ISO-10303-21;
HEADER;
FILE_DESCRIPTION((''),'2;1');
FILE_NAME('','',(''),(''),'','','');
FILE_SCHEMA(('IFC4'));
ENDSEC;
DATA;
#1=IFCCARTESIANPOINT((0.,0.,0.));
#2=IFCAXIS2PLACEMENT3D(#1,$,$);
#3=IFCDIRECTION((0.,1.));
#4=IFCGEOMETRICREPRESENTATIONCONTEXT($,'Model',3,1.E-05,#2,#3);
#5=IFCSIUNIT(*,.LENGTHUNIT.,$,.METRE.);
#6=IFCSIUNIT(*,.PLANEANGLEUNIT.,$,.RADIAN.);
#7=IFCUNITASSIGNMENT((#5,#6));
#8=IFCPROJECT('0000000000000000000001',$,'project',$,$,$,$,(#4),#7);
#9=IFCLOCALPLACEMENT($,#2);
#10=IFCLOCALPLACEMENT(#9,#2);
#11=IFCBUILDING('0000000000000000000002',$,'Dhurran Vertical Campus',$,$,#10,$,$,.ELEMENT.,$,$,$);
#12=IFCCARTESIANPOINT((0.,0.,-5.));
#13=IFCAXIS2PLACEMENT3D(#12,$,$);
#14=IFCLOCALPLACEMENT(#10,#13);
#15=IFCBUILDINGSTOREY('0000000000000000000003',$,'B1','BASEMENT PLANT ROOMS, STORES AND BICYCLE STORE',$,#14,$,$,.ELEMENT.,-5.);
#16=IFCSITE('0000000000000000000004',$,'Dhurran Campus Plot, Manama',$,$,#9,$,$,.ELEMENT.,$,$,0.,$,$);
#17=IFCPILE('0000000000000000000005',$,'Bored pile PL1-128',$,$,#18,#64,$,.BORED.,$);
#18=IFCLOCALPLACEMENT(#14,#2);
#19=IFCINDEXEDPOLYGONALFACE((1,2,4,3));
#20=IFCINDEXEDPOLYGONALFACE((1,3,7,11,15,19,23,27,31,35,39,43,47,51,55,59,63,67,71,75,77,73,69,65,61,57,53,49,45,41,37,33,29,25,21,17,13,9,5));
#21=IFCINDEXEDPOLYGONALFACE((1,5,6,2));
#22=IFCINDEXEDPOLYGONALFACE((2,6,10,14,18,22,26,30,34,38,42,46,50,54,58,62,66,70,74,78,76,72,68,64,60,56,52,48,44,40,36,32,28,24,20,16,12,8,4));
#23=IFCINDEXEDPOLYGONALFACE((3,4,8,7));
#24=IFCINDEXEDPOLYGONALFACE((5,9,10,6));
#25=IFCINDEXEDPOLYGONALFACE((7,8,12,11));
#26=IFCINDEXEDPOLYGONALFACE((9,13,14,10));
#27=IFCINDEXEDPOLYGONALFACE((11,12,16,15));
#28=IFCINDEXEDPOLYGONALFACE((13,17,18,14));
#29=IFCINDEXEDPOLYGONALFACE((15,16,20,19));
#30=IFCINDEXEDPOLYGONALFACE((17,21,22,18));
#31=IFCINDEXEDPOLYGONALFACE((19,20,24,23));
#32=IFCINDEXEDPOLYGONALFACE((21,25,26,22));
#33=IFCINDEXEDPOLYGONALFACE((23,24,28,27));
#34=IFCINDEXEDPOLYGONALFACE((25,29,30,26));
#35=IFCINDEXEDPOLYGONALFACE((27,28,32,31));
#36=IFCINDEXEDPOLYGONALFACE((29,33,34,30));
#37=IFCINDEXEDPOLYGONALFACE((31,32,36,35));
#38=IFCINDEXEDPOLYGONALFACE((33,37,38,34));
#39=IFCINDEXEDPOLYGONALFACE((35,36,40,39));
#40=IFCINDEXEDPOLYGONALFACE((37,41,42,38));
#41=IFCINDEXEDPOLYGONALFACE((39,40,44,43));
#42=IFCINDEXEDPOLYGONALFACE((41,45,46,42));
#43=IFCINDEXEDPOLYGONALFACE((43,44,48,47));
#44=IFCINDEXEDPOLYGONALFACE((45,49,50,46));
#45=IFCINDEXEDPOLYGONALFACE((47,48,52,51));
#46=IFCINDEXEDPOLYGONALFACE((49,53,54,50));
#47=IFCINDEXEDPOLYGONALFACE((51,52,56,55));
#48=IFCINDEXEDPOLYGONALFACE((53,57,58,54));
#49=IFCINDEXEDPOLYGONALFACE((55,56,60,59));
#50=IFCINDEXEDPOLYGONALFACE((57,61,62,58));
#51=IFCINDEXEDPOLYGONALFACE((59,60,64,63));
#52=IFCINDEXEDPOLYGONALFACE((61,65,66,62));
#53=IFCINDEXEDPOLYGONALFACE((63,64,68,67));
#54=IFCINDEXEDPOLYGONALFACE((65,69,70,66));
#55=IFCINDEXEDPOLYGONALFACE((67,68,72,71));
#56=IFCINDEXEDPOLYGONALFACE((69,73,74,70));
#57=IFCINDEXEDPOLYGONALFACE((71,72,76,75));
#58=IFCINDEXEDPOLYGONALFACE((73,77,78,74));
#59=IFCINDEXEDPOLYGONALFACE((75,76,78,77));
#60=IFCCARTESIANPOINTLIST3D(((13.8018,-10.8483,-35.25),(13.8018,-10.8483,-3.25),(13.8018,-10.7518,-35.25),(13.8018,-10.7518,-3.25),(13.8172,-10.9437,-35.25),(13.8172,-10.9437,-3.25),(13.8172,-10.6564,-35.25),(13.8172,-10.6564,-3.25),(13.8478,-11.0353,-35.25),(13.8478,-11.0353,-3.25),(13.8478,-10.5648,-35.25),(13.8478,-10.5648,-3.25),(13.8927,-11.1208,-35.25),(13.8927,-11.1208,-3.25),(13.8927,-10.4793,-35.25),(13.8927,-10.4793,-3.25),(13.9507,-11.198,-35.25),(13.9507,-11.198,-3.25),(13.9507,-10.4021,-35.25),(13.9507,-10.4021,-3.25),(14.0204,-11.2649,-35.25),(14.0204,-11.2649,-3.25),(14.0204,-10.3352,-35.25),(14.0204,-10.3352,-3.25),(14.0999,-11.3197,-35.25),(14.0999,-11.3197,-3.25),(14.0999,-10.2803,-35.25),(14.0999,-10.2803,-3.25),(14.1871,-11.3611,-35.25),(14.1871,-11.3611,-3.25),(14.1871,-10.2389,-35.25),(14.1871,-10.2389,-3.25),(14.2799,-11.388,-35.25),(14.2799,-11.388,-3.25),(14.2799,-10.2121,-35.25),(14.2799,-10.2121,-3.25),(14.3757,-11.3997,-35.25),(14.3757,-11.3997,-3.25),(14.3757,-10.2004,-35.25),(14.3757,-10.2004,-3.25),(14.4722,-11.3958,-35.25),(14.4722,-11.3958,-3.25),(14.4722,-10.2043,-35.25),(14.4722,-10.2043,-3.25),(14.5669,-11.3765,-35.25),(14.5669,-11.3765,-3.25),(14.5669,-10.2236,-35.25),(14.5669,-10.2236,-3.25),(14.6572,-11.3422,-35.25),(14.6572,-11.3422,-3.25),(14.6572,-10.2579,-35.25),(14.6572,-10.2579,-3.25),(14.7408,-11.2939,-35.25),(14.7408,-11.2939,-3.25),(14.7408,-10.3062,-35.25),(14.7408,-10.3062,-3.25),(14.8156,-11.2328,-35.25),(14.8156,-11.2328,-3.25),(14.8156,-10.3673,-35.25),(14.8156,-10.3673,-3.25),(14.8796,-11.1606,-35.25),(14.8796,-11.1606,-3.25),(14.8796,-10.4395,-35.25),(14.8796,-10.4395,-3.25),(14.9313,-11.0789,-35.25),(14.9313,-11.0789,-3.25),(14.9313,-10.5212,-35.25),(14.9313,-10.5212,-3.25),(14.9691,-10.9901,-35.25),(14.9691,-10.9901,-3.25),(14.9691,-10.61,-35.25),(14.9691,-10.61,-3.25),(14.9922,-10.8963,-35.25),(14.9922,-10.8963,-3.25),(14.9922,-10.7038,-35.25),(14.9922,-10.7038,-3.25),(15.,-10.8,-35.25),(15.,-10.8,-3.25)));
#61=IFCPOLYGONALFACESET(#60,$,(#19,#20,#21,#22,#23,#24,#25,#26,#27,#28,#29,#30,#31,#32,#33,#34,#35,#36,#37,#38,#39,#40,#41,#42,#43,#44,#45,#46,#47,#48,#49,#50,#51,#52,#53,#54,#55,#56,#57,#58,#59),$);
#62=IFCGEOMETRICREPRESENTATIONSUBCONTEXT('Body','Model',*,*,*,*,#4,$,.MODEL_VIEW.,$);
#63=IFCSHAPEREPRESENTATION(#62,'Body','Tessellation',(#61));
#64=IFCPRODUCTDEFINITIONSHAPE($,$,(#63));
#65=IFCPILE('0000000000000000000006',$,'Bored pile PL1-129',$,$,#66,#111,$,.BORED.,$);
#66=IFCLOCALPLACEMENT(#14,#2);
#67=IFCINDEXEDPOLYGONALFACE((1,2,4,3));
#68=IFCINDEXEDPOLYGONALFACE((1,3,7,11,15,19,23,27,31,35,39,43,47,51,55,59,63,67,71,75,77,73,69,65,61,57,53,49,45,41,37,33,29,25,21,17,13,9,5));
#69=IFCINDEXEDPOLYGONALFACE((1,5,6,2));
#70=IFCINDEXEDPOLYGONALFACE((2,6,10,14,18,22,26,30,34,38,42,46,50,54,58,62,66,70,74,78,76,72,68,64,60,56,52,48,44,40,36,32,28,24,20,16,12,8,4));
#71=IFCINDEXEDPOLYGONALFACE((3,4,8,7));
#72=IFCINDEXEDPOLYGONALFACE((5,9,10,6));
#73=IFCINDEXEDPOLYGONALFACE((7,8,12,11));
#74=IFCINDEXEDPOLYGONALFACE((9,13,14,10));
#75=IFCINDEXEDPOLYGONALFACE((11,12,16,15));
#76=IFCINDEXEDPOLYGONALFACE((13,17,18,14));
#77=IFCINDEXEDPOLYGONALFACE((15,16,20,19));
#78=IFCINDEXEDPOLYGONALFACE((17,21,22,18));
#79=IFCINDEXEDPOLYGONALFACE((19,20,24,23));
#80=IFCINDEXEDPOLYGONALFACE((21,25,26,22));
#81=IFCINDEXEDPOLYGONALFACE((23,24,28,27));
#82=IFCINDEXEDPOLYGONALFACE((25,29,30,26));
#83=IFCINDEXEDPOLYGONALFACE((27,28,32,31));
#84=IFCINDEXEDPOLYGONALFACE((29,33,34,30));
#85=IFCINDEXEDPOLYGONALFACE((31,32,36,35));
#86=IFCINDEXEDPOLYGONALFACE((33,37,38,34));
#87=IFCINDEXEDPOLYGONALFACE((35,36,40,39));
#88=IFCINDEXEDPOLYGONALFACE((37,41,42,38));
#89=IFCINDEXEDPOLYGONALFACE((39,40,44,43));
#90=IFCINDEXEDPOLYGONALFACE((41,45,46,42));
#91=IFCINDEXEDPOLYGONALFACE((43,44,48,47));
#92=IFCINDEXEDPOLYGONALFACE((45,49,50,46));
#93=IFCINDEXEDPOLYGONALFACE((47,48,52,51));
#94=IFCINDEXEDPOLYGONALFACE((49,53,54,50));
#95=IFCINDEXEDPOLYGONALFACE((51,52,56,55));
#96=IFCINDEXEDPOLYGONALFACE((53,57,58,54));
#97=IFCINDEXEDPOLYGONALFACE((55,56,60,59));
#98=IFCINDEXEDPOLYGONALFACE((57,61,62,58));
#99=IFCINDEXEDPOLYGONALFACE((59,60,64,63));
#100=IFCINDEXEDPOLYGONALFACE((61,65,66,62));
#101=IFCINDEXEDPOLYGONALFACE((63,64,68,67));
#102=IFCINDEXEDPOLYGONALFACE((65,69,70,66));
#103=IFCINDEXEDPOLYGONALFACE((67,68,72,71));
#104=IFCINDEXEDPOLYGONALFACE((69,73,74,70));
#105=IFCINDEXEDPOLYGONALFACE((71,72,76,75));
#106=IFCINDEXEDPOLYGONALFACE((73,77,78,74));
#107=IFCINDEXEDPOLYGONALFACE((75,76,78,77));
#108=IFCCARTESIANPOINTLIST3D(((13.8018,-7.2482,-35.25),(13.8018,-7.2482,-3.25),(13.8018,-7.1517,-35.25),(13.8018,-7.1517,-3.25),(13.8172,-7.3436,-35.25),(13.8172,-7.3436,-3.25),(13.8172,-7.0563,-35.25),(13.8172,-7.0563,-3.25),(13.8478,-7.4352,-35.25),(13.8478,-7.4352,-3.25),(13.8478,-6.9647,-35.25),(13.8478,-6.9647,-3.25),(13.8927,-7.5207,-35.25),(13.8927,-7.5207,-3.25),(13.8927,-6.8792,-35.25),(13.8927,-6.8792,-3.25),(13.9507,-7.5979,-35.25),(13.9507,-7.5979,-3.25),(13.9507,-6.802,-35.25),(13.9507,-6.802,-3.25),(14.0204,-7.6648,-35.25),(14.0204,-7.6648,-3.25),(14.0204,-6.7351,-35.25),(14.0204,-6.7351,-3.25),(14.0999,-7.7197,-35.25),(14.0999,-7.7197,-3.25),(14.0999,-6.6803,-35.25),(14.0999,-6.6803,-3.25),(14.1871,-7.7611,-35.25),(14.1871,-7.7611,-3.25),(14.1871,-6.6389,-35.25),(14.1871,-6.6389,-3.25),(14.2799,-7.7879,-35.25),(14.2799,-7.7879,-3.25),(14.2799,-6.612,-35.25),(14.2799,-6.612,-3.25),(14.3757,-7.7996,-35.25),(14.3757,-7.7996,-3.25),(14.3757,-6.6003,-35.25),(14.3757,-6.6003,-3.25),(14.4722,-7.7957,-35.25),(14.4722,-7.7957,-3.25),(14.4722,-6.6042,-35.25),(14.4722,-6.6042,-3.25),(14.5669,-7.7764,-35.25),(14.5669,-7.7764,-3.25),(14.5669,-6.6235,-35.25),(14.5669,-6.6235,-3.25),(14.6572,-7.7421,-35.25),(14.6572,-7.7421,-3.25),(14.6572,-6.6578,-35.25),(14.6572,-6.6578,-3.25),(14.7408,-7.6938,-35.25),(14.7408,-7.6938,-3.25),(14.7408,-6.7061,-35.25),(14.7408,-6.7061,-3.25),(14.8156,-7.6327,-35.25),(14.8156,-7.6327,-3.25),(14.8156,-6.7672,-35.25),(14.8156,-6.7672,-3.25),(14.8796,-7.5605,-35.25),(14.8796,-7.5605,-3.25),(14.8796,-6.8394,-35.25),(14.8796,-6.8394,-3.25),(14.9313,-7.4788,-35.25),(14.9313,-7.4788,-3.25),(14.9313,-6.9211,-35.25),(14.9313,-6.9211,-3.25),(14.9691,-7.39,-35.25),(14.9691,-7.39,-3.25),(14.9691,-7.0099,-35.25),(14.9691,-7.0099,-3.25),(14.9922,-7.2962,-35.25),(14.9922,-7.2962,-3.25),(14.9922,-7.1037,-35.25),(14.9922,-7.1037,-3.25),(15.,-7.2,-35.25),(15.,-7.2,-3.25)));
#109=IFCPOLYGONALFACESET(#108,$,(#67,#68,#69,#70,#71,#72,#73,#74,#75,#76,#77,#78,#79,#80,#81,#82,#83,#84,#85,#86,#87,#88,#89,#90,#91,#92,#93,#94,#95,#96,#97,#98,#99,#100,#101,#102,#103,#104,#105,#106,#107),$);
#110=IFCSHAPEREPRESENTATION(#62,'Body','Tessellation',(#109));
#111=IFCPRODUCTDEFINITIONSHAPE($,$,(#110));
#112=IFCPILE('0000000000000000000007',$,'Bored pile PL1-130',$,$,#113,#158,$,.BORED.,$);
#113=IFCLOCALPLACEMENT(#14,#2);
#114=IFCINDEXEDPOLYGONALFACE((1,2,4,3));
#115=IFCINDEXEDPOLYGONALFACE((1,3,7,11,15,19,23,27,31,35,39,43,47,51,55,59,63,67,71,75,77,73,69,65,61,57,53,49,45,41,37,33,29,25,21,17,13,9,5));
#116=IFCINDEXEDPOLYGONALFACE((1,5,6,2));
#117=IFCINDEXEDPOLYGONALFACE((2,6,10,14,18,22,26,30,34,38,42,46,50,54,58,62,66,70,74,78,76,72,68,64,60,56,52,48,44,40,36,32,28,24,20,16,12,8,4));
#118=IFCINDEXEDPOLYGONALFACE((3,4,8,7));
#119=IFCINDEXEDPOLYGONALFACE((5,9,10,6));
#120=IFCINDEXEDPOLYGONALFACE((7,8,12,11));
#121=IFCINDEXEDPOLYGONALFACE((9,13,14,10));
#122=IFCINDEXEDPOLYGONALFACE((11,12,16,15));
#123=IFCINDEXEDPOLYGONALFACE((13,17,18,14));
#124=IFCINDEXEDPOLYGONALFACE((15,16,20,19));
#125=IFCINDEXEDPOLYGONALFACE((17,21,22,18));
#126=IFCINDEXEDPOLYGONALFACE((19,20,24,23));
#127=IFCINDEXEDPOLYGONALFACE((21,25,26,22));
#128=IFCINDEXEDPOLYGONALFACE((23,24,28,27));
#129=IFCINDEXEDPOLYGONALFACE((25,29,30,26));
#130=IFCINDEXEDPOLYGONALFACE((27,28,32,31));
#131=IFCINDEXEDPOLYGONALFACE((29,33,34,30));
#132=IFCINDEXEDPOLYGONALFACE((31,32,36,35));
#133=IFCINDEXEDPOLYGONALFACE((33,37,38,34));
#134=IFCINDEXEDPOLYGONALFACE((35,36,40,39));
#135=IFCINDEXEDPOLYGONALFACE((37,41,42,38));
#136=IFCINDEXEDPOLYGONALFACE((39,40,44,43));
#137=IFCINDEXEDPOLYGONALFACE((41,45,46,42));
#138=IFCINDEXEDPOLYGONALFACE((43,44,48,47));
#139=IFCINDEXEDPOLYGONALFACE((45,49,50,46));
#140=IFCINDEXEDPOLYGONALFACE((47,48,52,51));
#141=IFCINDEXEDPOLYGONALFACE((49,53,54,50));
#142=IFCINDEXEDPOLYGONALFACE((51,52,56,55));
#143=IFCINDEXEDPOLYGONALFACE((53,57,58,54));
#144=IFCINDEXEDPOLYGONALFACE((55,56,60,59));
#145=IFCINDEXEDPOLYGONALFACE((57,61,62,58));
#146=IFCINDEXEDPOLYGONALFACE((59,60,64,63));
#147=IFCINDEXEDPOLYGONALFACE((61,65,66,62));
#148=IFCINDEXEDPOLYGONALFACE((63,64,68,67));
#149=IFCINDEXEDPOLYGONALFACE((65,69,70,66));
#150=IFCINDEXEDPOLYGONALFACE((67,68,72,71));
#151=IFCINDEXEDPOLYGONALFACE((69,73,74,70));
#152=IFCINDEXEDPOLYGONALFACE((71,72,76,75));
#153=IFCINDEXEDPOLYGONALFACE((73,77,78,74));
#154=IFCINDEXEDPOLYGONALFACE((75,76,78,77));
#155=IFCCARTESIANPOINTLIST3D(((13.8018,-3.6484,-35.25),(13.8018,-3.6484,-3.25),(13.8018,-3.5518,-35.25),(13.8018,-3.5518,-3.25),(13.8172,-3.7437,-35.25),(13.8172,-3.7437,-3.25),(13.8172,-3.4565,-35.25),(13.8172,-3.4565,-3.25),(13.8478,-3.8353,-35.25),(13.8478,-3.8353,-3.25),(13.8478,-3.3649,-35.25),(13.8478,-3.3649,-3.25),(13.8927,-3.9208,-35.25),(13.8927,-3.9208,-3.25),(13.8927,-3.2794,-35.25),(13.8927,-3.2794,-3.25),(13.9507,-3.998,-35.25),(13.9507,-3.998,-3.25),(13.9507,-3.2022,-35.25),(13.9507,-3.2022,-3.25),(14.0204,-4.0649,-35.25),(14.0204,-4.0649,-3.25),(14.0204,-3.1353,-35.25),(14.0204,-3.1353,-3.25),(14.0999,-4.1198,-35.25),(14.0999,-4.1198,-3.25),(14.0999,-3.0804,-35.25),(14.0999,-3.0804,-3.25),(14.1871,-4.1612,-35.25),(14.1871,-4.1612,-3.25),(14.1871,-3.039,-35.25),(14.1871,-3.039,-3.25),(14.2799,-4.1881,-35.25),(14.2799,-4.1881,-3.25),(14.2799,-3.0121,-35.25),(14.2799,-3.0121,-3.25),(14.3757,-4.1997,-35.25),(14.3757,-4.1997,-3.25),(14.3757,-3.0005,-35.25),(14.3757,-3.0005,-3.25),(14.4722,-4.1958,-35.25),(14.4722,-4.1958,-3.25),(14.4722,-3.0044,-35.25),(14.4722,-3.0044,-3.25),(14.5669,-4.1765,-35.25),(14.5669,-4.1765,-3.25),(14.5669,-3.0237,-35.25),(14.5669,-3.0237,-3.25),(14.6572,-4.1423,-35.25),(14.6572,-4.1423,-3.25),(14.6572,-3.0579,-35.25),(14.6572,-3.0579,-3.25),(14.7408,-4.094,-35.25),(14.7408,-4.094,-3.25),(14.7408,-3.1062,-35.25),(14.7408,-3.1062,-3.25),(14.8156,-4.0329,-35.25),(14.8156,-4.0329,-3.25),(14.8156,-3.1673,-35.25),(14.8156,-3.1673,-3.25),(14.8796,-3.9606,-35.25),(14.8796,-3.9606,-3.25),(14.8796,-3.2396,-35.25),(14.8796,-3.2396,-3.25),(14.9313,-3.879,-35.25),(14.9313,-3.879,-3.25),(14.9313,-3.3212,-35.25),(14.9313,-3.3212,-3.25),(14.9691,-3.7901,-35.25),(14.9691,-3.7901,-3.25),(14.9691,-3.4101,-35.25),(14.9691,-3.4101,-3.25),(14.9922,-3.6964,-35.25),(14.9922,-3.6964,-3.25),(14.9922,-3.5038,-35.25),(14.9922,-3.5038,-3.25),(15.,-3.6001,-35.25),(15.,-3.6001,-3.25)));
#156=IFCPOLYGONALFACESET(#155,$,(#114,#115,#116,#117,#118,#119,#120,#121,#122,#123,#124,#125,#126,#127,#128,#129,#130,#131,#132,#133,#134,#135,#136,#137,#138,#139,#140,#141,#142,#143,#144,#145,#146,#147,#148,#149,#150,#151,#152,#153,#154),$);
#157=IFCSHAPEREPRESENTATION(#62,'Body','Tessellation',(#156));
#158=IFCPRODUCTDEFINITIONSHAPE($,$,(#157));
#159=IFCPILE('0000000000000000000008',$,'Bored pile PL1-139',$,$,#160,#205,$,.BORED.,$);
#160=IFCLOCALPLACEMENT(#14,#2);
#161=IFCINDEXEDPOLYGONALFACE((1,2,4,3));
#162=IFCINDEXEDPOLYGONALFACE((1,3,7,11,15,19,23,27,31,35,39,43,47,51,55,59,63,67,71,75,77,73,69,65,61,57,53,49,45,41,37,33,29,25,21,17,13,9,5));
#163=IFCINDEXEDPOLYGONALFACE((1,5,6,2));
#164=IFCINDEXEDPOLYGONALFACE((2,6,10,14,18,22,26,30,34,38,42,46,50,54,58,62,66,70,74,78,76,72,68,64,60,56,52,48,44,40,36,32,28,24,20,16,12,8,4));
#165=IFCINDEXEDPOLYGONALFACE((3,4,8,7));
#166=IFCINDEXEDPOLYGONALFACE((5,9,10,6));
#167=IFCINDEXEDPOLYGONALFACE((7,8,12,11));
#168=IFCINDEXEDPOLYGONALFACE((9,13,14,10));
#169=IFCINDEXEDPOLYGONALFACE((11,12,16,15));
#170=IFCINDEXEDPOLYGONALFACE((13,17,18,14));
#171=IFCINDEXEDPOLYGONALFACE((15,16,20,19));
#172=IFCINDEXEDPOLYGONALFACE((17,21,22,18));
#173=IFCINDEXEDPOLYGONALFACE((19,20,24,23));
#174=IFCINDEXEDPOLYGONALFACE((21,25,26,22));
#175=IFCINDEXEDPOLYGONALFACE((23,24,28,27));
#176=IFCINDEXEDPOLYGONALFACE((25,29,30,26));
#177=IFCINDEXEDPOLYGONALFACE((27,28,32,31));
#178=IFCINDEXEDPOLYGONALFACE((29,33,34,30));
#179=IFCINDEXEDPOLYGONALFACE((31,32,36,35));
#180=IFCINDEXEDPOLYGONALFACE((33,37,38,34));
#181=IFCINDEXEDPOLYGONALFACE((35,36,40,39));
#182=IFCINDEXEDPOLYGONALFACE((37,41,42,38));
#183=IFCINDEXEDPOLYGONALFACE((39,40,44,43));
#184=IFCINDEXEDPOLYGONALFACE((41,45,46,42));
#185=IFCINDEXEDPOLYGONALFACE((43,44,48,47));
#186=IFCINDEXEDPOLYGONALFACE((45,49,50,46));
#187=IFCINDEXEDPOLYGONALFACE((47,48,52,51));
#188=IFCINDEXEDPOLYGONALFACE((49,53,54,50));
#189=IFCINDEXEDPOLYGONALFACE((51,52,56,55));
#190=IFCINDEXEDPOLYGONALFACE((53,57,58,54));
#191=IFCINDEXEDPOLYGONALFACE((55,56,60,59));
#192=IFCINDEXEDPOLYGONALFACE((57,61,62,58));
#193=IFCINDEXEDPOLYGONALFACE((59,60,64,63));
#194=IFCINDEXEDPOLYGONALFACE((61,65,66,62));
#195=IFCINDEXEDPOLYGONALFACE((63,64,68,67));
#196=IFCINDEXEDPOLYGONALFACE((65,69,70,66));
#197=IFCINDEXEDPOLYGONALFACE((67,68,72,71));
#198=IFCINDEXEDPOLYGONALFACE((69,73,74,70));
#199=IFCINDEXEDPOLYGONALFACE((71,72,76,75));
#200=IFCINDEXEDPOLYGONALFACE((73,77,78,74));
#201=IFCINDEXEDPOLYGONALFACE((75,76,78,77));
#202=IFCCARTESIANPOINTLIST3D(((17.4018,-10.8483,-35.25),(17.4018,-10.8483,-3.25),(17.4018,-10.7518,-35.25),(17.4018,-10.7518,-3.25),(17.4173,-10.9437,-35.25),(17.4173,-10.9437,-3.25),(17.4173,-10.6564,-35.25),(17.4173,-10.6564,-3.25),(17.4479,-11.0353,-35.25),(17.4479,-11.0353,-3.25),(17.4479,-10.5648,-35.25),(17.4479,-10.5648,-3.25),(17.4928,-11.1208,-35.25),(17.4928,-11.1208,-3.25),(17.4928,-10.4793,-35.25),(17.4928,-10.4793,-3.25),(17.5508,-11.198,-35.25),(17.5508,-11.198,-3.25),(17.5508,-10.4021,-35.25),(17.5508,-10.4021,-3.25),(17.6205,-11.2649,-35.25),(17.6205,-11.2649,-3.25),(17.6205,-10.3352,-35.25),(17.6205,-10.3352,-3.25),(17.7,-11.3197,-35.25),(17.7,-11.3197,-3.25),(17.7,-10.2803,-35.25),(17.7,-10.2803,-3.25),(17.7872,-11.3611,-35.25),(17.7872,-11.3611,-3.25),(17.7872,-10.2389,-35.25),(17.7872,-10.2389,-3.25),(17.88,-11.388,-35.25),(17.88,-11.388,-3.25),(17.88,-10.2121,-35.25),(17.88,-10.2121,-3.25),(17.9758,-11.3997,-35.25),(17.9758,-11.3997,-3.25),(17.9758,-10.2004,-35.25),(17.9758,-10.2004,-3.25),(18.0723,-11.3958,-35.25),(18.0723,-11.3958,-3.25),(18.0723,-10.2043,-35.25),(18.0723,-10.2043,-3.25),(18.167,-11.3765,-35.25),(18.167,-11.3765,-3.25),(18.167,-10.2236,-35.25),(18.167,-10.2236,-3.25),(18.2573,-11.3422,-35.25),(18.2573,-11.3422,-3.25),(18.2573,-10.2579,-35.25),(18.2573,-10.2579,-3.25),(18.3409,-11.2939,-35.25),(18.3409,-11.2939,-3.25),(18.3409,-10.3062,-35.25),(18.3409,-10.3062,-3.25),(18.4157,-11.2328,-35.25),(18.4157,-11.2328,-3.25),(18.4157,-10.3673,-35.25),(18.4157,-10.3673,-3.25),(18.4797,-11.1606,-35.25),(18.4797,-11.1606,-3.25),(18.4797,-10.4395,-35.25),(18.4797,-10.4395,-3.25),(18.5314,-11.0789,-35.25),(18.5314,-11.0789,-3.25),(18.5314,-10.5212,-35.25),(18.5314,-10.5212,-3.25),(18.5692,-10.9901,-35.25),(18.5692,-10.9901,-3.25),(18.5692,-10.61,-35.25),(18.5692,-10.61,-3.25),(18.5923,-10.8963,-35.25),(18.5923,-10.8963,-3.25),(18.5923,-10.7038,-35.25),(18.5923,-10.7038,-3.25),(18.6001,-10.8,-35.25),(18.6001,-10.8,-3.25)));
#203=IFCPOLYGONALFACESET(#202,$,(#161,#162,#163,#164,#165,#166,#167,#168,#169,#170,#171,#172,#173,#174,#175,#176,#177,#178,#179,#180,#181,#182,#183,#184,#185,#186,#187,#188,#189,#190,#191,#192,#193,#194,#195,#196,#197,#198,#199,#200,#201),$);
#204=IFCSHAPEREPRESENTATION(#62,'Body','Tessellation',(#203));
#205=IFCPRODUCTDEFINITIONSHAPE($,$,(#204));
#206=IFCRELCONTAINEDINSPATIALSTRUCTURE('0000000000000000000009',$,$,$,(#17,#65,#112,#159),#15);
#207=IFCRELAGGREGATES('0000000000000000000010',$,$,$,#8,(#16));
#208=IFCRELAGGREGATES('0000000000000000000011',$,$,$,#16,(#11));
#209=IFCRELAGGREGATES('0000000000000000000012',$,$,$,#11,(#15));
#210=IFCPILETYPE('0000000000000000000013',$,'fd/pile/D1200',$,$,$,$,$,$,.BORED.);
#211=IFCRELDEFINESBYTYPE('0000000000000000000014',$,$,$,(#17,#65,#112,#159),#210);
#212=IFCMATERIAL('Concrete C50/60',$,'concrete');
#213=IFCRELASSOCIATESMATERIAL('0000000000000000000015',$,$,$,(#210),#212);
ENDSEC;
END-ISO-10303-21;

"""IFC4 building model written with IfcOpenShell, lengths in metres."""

from ifc_helpers import new_model, si_unit, direction, frame, origin, origin_2d, place, context, subcontext, project, spatial, circle, extrude, material, material_profile, profile_set, type_object, element, save


model = new_model("IFC4")

# Units and contexts
model_context = context("Model", 3, precision=1e-05, world=origin(), true_north=direction((0.0, 1.0)))
body_context = subcontext(model_context, "Body", "Model", "MODEL_VIEW")
ifc_project = project(units=[si_unit("LENGTHUNIT", "METRE"), si_unit("PLANEANGLEUNIT", "RADIAN")], contexts=[model_context])

# Site, building, storey
site_placement = place(None, origin())
site = spatial("IfcSite", under=ifc_project, at=site_placement, Name="Dhurran Campus Plot, Manama", CompositionType="ELEMENT", RefElevation=0.0)
building_placement = place(site_placement, origin())
building = spatial("IfcBuilding", under=site, at=building_placement, Name="Dhurran Vertical Campus", CompositionType="ELEMENT")
storey_placement = place(building_placement, frame((0.0, 0.0, -5.0)))
storey = spatial("IfcBuildingStorey", under=building, at=storey_placement, Name="B1", Description="BASEMENT PLANT ROOMS, STORES AND BICYCLE STORE", CompositionType="ELEMENT", Elevation=-5.0)

# Piles
ifc_material_1 = material(Name="Concrete C50/60", Category="concrete")
ifc_material_profile_1 = material_profile(ifc_material_1, circle(Radius=0.6001, at=origin_2d()), Name="fd/pile/D1200")
ifc_profile_set_1 = profile_set([ifc_material_profile_1], Name="Concrete C50/60")
pile_type = type_object("IfcPileType", Name="fd/pile/D1200", PredefinedType="BORED", material=ifc_profile_set_1)
for number, where, z_axis, x_axis, name in (
    (1, (14.3999, -10.8, -3.25), (0.0, 0.0, -1.0), (1.0, 0.0, 0.0), "Bored pile PL1-128"),
    (2, (14.3999, -7.2, -3.25), (0.0, 0.0, -1.0), (1.0, 0.0, 0.0), "Bored pile PL1-129"),
    (3, (14.3999, -3.6001, -3.25), (0.0, 0.0, -1.0), (1.0, 0.0, 0.0), "Bored pile PL1-130"),
    (4, (18.0, -10.8, -3.25), (0.0, 0.0, -1.0), (1.0, 0.0, 0.0), "Bored pile PL1-139"),
):
    element("IfcPile", number, at=place(storey_placement, frame(where, z_axis=z_axis, x_axis=x_axis)), inside=storey, type_object=pile_type, Name=name, PredefinedType="BORED", context=body_context, shape_type="SweptSolid", body=[
        extrude(circle(Radius=0.6001, at=origin_2d()), origin(), (0.0, 0.0, 1.0), 32.0),
    ])

save(model, "model.ifc")
